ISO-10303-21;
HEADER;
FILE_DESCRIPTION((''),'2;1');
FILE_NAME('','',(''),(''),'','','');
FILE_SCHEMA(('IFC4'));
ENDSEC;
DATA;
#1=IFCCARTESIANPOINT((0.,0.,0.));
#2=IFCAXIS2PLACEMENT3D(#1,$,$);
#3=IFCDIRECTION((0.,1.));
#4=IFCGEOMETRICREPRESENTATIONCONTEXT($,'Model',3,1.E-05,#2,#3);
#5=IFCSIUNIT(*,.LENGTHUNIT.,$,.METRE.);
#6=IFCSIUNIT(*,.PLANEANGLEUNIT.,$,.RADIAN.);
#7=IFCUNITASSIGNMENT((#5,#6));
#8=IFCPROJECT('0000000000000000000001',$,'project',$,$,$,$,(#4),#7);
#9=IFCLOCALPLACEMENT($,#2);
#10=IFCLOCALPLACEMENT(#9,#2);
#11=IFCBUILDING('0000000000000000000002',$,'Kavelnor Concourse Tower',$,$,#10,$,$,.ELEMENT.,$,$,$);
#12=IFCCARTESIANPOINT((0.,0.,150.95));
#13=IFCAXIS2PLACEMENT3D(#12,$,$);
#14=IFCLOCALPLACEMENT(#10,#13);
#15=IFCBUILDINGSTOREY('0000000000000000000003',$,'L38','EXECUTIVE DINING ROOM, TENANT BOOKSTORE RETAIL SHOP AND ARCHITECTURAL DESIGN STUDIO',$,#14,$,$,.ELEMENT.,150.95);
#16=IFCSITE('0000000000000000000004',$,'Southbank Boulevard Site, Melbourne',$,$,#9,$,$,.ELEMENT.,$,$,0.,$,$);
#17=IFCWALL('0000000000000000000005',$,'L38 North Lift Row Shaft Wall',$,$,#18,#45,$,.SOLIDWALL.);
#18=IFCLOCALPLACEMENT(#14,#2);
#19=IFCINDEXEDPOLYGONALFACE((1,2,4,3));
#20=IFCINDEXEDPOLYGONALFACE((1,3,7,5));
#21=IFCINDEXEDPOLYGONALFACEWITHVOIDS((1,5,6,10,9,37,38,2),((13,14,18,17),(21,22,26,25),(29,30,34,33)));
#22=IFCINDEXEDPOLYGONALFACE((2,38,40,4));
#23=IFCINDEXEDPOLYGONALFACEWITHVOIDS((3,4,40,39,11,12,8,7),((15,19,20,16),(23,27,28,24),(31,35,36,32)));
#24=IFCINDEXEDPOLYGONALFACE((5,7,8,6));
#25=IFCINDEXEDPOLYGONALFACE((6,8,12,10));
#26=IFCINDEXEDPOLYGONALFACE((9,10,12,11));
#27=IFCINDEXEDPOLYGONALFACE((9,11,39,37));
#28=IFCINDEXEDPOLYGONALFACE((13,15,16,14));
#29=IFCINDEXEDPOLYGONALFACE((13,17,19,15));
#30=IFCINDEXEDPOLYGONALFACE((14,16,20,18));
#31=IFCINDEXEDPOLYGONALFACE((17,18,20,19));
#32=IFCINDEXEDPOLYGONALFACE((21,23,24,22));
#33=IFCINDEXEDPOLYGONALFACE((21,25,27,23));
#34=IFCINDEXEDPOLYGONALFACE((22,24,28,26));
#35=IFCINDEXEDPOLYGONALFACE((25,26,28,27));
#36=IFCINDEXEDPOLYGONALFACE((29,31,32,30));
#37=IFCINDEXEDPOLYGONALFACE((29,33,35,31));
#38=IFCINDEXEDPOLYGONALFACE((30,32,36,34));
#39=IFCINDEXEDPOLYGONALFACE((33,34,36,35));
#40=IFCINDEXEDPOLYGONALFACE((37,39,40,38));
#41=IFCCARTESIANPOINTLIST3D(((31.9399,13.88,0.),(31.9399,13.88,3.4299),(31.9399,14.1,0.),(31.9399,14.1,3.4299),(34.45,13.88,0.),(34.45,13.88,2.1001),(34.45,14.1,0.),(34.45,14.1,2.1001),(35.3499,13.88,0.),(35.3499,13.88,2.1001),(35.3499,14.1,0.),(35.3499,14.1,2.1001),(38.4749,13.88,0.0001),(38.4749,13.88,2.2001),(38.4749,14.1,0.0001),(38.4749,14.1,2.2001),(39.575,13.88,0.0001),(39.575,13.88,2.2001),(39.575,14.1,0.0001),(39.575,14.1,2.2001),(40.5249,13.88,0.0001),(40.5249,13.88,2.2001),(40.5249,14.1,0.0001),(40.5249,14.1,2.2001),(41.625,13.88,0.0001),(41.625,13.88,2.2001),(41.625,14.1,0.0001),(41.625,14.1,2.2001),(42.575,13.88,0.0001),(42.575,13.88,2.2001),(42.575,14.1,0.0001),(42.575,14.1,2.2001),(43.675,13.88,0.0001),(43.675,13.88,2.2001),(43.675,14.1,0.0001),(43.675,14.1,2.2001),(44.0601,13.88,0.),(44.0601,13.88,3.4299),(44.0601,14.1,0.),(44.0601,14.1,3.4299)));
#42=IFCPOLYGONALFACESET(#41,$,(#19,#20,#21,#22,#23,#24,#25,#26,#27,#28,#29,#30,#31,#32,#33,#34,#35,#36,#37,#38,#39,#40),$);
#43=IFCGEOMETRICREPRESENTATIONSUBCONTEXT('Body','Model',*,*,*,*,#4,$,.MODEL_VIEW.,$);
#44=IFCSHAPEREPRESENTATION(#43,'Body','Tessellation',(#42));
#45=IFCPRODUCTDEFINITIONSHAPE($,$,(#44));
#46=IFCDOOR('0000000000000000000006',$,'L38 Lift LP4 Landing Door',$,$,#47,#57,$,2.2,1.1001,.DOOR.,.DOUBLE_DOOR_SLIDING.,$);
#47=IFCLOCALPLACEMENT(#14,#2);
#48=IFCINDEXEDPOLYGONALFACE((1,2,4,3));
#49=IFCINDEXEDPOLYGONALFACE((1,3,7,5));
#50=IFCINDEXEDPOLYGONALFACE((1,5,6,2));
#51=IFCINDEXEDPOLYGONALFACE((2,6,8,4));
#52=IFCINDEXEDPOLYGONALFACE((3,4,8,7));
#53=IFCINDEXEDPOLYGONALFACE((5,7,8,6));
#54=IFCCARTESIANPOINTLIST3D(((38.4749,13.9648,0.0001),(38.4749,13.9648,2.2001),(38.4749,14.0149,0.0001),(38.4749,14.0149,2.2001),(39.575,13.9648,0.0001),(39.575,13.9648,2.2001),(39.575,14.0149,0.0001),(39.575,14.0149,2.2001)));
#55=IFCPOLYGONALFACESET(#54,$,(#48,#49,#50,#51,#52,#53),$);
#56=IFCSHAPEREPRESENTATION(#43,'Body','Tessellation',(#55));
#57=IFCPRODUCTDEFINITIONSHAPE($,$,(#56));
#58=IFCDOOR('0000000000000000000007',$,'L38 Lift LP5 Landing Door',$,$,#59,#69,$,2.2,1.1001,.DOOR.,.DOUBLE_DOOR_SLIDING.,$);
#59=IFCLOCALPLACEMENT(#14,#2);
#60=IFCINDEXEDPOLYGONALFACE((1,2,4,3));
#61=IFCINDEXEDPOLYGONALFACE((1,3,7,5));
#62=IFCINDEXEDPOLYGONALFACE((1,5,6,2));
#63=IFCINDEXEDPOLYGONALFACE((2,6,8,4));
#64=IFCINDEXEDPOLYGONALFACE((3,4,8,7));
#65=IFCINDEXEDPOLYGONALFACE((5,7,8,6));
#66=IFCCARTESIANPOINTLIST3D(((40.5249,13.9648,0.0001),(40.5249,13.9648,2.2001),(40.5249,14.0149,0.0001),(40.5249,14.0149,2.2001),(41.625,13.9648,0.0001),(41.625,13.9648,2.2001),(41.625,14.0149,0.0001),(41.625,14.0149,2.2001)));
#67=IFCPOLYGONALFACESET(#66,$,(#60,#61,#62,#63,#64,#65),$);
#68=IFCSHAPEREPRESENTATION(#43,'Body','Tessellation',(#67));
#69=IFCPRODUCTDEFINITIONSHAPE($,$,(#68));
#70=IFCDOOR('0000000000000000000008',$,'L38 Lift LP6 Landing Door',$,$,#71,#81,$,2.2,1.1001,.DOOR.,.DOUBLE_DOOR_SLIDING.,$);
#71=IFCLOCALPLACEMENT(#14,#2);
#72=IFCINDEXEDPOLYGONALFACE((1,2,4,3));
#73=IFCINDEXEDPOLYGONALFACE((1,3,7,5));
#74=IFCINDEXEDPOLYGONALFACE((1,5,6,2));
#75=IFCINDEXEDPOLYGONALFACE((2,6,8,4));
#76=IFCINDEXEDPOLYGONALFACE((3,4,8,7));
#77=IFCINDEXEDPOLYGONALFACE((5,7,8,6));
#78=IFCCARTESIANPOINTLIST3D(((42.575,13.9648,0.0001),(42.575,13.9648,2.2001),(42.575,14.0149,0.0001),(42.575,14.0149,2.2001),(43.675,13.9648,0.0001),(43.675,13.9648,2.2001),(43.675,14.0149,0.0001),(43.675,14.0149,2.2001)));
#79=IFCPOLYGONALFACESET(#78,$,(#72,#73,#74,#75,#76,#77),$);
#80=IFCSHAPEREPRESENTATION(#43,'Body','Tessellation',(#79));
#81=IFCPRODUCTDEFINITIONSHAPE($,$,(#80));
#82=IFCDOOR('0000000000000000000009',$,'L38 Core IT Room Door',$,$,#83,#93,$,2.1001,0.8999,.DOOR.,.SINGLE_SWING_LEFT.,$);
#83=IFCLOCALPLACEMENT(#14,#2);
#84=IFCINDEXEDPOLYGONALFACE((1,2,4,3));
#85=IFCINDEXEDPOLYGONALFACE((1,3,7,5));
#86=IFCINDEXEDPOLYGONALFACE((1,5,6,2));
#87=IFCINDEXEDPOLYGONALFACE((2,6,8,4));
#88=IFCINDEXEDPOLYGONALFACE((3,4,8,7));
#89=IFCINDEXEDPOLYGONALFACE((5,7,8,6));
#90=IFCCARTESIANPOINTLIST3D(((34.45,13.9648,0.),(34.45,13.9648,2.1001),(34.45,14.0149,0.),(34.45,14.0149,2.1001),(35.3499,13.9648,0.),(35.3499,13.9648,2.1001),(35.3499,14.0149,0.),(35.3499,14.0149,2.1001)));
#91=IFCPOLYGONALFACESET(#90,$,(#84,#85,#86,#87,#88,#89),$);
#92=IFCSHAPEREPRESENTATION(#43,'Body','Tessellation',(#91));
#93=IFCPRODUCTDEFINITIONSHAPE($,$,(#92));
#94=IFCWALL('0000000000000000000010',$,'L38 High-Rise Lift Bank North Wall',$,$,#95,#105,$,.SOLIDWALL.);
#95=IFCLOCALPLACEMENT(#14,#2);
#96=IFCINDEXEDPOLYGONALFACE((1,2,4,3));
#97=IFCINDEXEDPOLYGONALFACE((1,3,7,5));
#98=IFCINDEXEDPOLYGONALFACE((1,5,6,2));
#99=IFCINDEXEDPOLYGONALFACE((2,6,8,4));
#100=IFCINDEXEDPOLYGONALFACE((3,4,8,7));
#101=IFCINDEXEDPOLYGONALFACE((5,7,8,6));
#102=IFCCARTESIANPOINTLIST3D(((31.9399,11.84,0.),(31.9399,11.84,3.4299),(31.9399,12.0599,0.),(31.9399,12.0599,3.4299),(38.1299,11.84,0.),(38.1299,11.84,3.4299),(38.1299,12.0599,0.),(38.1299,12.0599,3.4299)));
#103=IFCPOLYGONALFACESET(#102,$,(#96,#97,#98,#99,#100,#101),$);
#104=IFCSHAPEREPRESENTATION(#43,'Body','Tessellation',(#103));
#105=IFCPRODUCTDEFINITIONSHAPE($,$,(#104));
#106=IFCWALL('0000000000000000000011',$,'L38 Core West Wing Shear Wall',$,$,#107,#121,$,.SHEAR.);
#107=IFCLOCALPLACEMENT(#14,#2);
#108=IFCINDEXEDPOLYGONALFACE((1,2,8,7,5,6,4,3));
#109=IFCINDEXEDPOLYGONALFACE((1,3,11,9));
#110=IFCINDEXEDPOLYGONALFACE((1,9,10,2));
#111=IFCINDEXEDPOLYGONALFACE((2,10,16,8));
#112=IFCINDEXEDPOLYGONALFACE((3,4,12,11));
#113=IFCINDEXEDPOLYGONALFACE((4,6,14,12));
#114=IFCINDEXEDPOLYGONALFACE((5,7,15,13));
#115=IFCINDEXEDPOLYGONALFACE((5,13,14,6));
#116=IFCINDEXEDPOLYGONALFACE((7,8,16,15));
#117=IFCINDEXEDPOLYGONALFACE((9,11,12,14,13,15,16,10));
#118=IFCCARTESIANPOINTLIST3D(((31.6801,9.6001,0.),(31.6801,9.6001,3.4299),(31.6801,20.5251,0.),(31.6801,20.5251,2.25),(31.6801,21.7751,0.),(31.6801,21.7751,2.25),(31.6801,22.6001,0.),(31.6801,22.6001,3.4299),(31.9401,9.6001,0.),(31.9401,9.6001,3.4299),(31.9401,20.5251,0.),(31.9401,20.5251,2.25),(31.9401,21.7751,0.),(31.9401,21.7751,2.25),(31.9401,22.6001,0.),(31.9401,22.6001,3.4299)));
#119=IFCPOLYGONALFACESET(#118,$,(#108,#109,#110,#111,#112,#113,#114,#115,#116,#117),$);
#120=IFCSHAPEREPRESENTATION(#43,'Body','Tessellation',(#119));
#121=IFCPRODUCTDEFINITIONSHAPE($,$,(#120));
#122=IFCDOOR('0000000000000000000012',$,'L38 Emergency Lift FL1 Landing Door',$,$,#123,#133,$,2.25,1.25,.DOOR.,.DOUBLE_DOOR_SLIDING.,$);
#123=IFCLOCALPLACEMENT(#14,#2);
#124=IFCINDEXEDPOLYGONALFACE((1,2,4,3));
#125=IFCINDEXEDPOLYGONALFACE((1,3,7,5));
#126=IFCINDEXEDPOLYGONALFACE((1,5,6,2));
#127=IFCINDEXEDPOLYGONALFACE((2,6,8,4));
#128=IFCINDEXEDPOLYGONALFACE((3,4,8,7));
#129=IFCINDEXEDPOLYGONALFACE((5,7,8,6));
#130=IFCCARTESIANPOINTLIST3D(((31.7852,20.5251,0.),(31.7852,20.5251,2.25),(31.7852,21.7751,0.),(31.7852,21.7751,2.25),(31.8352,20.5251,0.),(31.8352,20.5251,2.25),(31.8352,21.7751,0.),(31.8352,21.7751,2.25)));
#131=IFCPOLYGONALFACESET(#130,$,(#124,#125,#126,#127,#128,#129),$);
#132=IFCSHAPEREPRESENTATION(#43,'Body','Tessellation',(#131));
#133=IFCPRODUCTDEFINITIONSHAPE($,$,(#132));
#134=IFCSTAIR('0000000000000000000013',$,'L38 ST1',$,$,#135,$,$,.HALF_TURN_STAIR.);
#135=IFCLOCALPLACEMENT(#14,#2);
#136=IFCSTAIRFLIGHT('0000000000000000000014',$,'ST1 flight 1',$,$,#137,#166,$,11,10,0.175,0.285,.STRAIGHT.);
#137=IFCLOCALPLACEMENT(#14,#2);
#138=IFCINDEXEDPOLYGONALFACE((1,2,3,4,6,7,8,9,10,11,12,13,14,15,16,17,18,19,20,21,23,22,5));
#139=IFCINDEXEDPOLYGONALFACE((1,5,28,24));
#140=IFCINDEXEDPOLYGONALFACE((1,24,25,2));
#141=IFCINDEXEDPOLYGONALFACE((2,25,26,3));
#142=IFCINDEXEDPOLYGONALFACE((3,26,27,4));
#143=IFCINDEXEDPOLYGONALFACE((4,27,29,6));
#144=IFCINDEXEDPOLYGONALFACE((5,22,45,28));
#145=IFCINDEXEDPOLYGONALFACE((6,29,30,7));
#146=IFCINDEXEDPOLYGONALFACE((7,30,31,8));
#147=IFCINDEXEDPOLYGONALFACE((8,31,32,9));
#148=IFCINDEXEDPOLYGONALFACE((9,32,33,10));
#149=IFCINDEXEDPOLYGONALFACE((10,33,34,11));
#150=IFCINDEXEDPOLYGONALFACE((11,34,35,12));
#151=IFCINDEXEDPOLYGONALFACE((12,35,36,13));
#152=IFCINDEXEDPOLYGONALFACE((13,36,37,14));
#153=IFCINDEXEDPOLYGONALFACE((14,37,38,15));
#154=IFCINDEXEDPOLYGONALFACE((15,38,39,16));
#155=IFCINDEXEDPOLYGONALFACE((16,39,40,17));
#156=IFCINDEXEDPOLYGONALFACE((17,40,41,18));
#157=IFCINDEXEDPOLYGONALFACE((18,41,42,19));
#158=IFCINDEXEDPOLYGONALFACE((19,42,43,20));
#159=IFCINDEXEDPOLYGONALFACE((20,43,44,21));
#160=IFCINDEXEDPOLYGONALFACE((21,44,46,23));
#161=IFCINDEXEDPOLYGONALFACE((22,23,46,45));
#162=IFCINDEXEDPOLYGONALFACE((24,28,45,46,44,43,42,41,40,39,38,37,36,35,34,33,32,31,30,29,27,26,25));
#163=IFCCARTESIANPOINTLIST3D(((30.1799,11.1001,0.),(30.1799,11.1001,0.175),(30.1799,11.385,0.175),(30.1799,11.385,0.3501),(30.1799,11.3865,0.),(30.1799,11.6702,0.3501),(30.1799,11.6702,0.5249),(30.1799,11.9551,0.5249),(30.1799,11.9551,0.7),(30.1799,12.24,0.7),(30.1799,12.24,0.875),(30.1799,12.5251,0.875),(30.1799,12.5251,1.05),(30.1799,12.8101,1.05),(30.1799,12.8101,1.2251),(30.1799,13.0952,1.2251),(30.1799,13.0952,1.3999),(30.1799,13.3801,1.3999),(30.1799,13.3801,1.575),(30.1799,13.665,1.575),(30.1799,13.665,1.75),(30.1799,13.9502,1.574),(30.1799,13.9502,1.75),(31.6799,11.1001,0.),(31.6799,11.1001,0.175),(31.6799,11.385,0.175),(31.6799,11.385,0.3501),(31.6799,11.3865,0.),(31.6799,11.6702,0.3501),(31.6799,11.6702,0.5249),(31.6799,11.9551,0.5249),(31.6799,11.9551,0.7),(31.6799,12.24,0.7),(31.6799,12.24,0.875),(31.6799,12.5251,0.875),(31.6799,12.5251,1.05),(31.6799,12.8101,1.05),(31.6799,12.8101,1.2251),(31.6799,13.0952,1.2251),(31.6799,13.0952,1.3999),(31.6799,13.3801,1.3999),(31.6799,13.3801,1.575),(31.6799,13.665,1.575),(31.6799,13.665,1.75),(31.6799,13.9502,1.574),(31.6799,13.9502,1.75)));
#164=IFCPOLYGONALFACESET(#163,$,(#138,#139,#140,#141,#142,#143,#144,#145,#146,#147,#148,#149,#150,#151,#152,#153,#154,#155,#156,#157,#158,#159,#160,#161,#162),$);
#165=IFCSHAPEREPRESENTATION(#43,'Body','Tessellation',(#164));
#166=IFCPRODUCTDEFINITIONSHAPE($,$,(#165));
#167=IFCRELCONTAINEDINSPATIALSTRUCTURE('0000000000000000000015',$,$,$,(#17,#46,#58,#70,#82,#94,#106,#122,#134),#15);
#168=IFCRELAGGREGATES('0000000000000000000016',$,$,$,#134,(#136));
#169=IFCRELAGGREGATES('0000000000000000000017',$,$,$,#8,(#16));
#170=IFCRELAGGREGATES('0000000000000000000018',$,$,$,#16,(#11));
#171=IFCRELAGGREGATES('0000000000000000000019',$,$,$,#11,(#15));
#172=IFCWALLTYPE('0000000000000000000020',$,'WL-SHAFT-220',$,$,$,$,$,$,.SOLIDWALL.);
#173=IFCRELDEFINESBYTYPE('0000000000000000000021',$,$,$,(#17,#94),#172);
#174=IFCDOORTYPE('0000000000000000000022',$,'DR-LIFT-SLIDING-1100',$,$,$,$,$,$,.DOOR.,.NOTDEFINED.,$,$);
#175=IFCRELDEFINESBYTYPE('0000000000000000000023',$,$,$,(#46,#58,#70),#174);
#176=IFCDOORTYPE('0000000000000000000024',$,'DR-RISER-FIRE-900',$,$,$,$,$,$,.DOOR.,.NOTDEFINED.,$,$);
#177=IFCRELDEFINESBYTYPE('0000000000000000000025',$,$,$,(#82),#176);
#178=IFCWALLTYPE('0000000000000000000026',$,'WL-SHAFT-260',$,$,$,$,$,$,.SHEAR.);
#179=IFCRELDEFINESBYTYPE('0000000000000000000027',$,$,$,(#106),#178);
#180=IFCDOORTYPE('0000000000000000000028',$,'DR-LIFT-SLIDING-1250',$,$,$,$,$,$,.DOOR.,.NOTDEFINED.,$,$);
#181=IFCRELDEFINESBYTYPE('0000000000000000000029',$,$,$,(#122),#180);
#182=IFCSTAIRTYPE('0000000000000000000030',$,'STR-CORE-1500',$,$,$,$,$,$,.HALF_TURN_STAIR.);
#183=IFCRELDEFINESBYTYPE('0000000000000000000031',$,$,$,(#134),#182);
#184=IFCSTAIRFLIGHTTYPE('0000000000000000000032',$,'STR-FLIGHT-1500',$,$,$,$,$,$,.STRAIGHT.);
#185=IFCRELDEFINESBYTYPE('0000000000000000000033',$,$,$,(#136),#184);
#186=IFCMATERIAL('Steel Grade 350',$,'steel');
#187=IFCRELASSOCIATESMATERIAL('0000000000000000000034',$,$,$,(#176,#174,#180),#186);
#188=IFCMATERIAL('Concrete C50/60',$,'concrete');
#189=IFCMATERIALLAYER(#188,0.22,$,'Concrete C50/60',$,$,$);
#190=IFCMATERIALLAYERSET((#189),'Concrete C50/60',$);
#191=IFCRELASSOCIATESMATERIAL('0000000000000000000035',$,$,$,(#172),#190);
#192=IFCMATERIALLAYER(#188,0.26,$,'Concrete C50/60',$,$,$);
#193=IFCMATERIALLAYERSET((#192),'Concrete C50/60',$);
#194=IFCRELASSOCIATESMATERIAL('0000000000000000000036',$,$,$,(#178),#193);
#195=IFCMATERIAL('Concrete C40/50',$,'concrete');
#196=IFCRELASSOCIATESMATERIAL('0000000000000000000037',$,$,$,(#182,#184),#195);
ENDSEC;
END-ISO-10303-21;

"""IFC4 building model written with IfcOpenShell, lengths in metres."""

from ifc_helpers import new_model, si_unit, direction, frame, frame_2d, origin, place, context, subcontext, project, spatial, polyline, rectangle, outline, extrude, material, layer, layer_set, type_object, element, fill, aggregate, save


model = new_model("IFC4")

# Units and contexts
model_context = context("Model", 3, precision=1e-05, world=origin(), true_north=direction((0.0, 1.0)))
body_context = subcontext(model_context, "Body", "Model", "MODEL_VIEW")
ifc_project = project(units=[si_unit("LENGTHUNIT", "METRE"), si_unit("PLANEANGLEUNIT", "RADIAN")], contexts=[model_context])

# Site, building, storey
site_placement = place(None, origin())
site = spatial("IfcSite", under=ifc_project, at=site_placement, Name="Southbank Boulevard Site, Melbourne", CompositionType="ELEMENT", RefElevation=0.0)
building_placement = place(site_placement, origin())
building = spatial("IfcBuilding", under=site, at=building_placement, Name="Kavelnor Concourse Tower", CompositionType="ELEMENT")
storey_placement = place(building_placement, frame((0.0, 0.0, 150.95)))
storey = spatial("IfcBuildingStorey", under=building, at=storey_placement, Name="L38", Description="EXECUTIVE DINING ROOM, TENANT BOOKSTORE RETAIL SHOP AND ARCHITECTURAL DESIGN STUDIO", CompositionType="ELEMENT", Elevation=150.95)

# Shared definitions
ifc_material_1 = material(Name="Steel Grade 350", Category="steel")

# Shared definitions
door_type_1 = type_object("IfcDoorType", Name="DR-RISER-FIRE-900", OperationType="NOTDEFINED", PredefinedType="DOOR", material=ifc_material_1)

# Wall, openings, doors
ifc_material_2 = material(Name="Concrete C50/60", Category="concrete")
ifc_layer_1 = layer(ifc_material_2, 0.22, Name="Concrete C50/60")
ifc_layer_set_1 = layer_set([ifc_layer_1], Name="Concrete C50/60")
wall_type_1 = type_object("IfcWallType", Name="WL-SHAFT-220", PredefinedType="SOLIDWALL", material=ifc_layer_set_1)
wall_1_placement = place(storey_placement, frame((31.9399, 13.99, 0.0), z_axis=(0.0, 0.0, 1.0), x_axis=(1.0, 0.0, 0.0)))
wall_1 = element("IfcWall", 1, at=wall_1_placement, inside=storey, type_object=wall_type_1, Name="L38 North Lift Row Shaft Wall", PredefinedType="SOLIDWALL", context=body_context, shape_type="SweptSolid", body=[
    extrude(rectangle(XDim=12.1201, YDim=0.22, at=frame_2d((6.0601, 0.0))), origin(), (0.0, 0.0, 1.0), 3.4299),
])
opening_1_placement = place(wall_1_placement, frame((2.51, 0.0, 0.0)))
opening_1 = element("IfcOpeningElement", 2, at=opening_1_placement, cuts=wall_1, PredefinedType="OPENING", context=body_context, shape_type="SweptSolid", body=[
    extrude(rectangle(XDim=0.8999, YDim=2.1001, at=frame_2d((0.45, 1.05))), frame((0.0, 0.1201, 0.0), z_axis=(0.0, -1.0, 0.0), x_axis=(1.0, 0.0, 0.0)), (0.0, 0.0, 1.0), 0.24),
])
opening_2_placement = place(wall_1_placement, frame((6.5349, 0.0, 0.0)))
opening_2 = element("IfcOpeningElement", 3, at=opening_2_placement, cuts=wall_1, PredefinedType="OPENING", context=body_context, shape_type="SweptSolid", body=[
    extrude(rectangle(XDim=1.1001, YDim=2.2, at=frame_2d((0.55, 1.1001))), frame((0.0, 0.1201, 0.0), z_axis=(0.0, -1.0, 0.0), x_axis=(1.0, 0.0, 0.0)), (0.0, 0.0, 1.0), 0.24),
])
opening_3_placement = place(wall_1_placement, frame((8.585, 0.0, 0.0)))
opening_3 = element("IfcOpeningElement", 4, at=opening_3_placement, cuts=wall_1, PredefinedType="OPENING", context=body_context, shape_type="SweptSolid", body=[
    extrude(rectangle(XDim=1.1001, YDim=2.2, at=frame_2d((0.55, 1.1001))), frame((0.0, 0.1201, 0.0), z_axis=(0.0, -1.0, 0.0), x_axis=(1.0, 0.0, 0.0)), (0.0, 0.0, 1.0), 0.24),
])
opening_4_placement = place(wall_1_placement, frame((10.635, 0.0, 0.0)))
opening_4 = element("IfcOpeningElement", 5, at=opening_4_placement, cuts=wall_1, PredefinedType="OPENING", context=body_context, shape_type="SweptSolid", body=[
    extrude(rectangle(XDim=1.1001, YDim=2.2, at=frame_2d((0.55, 1.1001))), frame((0.0, 0.1201, 0.0), z_axis=(0.0, -1.0, 0.0), x_axis=(1.0, 0.0, 0.0)), (0.0, 0.0, 1.0), 0.24),
])
door_type_2 = type_object("IfcDoorType", Name="DR-LIFT-SLIDING-1100", OperationType="NOTDEFINED", PredefinedType="DOOR", material=ifc_material_1)
door_1_placement = place(opening_2_placement, origin())
door_1 = element("IfcDoor", 6, at=door_1_placement, inside=storey, type_object=door_type_2, Name="L38 Lift LP4 Landing Door", OperationType="DOUBLE_DOOR_SLIDING", OverallHeight=2.2, OverallWidth=1.1001, PredefinedType="DOOR", context=body_context, shape_type="SweptSolid", body=[
    extrude(rectangle(XDim=1.1001, YDim=2.2, at=frame_2d((0.55, 1.1001))), frame((0.0, 0.0249, 0.0), z_axis=(0.0, -1.0, 0.0), x_axis=(1.0, 0.0, 0.0)), (0.0, 0.0, 1.0), 0.05),
])
fill(opening_2, door_1)
door_2_placement = place(opening_3_placement, origin())
door_2 = element("IfcDoor", 7, at=door_2_placement, inside=storey, type_object=door_type_2, Name="L38 Lift LP5 Landing Door", OperationType="DOUBLE_DOOR_SLIDING", OverallHeight=2.2, OverallWidth=1.1001, PredefinedType="DOOR", context=body_context, shape_type="SweptSolid", body=[
    extrude(rectangle(XDim=1.1001, YDim=2.2, at=frame_2d((0.55, 1.1001))), frame((0.0, 0.0249, 0.0), z_axis=(0.0, -1.0, 0.0), x_axis=(1.0, 0.0, 0.0)), (0.0, 0.0, 1.0), 0.05),
])
fill(opening_3, door_2)
door_3_placement = place(opening_4_placement, origin())
door_3 = element("IfcDoor", 8, at=door_3_placement, inside=storey, type_object=door_type_2, Name="L38 Lift LP6 Landing Door", OperationType="DOUBLE_DOOR_SLIDING", OverallHeight=2.2, OverallWidth=1.1001, PredefinedType="DOOR", context=body_context, shape_type="SweptSolid", body=[
    extrude(rectangle(XDim=1.1001, YDim=2.2, at=frame_2d((0.55, 1.1001))), frame((0.0, 0.0249, 0.0), z_axis=(0.0, -1.0, 0.0), x_axis=(1.0, 0.0, 0.0)), (0.0, 0.0, 1.0), 0.05),
])
fill(opening_4, door_3)
door_4_placement = place(opening_1_placement, origin())
door_4 = element("IfcDoor", 9, at=door_4_placement, inside=storey, type_object=door_type_1, Name="L38 Core IT Room Door", OperationType="SINGLE_SWING_LEFT", OverallHeight=2.1001, OverallWidth=0.8999, PredefinedType="DOOR", context=body_context, shape_type="SweptSolid", body=[
    extrude(rectangle(XDim=0.8999, YDim=2.1001, at=frame_2d((0.45, 1.05))), frame((0.0, 0.0249, 0.0), z_axis=(0.0, -1.0, 0.0), x_axis=(1.0, 0.0, 0.0)), (0.0, 0.0, 1.0), 0.05),
])
fill(opening_1, door_4)

# Wall
wall_2_placement = place(storey_placement, frame((31.9399, 11.95, 0.0), z_axis=(0.0, 0.0, 1.0), x_axis=(1.0, 0.0, 0.0)))
element("IfcWall", 10, at=wall_2_placement, inside=storey, type_object=wall_type_1, Name="L38 High-Rise Lift Bank North Wall", PredefinedType="SOLIDWALL", context=body_context, shape_type="SweptSolid", body=[
    extrude(rectangle(XDim=6.1899, YDim=0.22, at=frame_2d((3.095, 0.0))), origin(), (0.0, 0.0, 1.0), 3.4299),
])

# Wall, opening, door
ifc_layer_2 = layer(ifc_material_2, 0.26, Name="Concrete C50/60")
ifc_layer_set_2 = layer_set([ifc_layer_2], Name="Concrete C50/60")
wall_type_2 = type_object("IfcWallType", Name="WL-SHAFT-260", PredefinedType="SHEAR", material=ifc_layer_set_2)
wall_3_placement = place(storey_placement, frame((31.8101, 9.6001, 0.0), z_axis=(0.0, 0.0, 1.0), x_axis=(0.0, 1.0, 0.0)))
wall_3 = element("IfcWall", 11, at=wall_3_placement, inside=storey, type_object=wall_type_2, Name="L38 Core West Wing Shear Wall", PredefinedType="SHEAR", context=body_context, shape_type="SweptSolid", body=[
    extrude(rectangle(XDim=13.0, YDim=0.26, at=frame_2d((6.5, 0.0))), origin(), (0.0, 0.0, 1.0), 3.4299),
])
opening_5_placement = place(wall_3_placement, frame((10.925, 0.0, 0.0)))
opening_5 = element("IfcOpeningElement", 12, at=opening_5_placement, cuts=wall_3, PredefinedType="OPENING", context=body_context, shape_type="SweptSolid", body=[
    extrude(rectangle(XDim=1.25, YDim=2.25, at=frame_2d((0.625, 1.125))), frame((0.0, 0.1401, 0.0), z_axis=(0.0, -1.0, 0.0), x_axis=(1.0, 0.0, 0.0)), (0.0, 0.0, 1.0), 0.28),
])
door_type_3 = type_object("IfcDoorType", Name="DR-LIFT-SLIDING-1250", OperationType="NOTDEFINED", PredefinedType="DOOR", material=ifc_material_1)
door_5_placement = place(opening_5_placement, origin())
door_5 = element("IfcDoor", 13, at=door_5_placement, inside=storey, type_object=door_type_3, Name="L38 Emergency Lift FL1 Landing Door", OperationType="DOUBLE_DOOR_SLIDING", OverallHeight=2.25, OverallWidth=1.25, PredefinedType="DOOR", context=body_context, shape_type="SweptSolid", body=[
    extrude(rectangle(XDim=1.25, YDim=2.25, at=frame_2d((0.625, 1.125))), frame((0.0, 0.0249, 0.0), z_axis=(0.0, -1.0, 0.0), x_axis=(1.0, 0.0, 0.0)), (0.0, 0.0, 1.0), 0.05),
])
fill(opening_5, door_5)

# Stair, stair flight
ifc_material_3 = material(Name="Concrete C40/50", Category="concrete")
stair_type = type_object("IfcStairType", Name="STR-CORE-1500", PredefinedType="HALF_TURN_STAIR", material=ifc_material_3)
stair_placement = place(storey_placement, origin())
stair = element("IfcStair", 14, at=stair_placement, inside=storey, type_object=stair_type, Name="L38 ST1", PredefinedType="HALF_TURN_STAIR")
stair_flight_type = type_object("IfcStairFlightType", Name="STR-FLIGHT-1500", PredefinedType="STRAIGHT", material=ifc_material_3)
stair_flight_1_placement = place(storey_placement, frame((30.9299, 11.1001, 0.0), z_axis=(0.0, 0.0, 1.0), x_axis=(0.0, 1.0, 0.0)))
stair_flight_1 = element("IfcStairFlight", 15, at=stair_flight_1_placement, type_object=stair_flight_type, Name="ST1 flight 1", NumberOfRisers=11, NumberOfTreads=10, PredefinedType="STRAIGHT", RiserHeight=0.175, TreadLength=0.285, context=body_context, shape_type="SweptSolid", body=[
    extrude(outline(polyline([(0.0, 0.0), (0.0, 0.175), (0.2849, 0.175), (0.2849, 0.3501), (0.5701, 0.3501), (0.5701, 0.5249), (0.855, 0.5249), (0.855, 0.7), (1.1399, 0.7), (1.1399, 0.875), (1.425, 0.875), (1.425, 1.05), (1.71, 1.05), (1.71, 1.2251), (1.9951, 1.2251), (1.9951, 1.3999), (2.28, 1.3999), (2.28, 1.575), (2.5649, 1.575), (2.5649, 1.75), (2.8501, 1.75), (2.8501, 1.925), (2.8501, 1.574), (0.2864, 0.0), (0.0, 0.0)])), frame((0.0, 0.75, 0.0), z_axis=(0.0, -1.0, 0.0), x_axis=(1.0, 0.0, 0.0)), (0.0, 0.0, 1.0), 1.5),
])
aggregate(stair, [stair_flight_1])

save(model, "model.ifc")
